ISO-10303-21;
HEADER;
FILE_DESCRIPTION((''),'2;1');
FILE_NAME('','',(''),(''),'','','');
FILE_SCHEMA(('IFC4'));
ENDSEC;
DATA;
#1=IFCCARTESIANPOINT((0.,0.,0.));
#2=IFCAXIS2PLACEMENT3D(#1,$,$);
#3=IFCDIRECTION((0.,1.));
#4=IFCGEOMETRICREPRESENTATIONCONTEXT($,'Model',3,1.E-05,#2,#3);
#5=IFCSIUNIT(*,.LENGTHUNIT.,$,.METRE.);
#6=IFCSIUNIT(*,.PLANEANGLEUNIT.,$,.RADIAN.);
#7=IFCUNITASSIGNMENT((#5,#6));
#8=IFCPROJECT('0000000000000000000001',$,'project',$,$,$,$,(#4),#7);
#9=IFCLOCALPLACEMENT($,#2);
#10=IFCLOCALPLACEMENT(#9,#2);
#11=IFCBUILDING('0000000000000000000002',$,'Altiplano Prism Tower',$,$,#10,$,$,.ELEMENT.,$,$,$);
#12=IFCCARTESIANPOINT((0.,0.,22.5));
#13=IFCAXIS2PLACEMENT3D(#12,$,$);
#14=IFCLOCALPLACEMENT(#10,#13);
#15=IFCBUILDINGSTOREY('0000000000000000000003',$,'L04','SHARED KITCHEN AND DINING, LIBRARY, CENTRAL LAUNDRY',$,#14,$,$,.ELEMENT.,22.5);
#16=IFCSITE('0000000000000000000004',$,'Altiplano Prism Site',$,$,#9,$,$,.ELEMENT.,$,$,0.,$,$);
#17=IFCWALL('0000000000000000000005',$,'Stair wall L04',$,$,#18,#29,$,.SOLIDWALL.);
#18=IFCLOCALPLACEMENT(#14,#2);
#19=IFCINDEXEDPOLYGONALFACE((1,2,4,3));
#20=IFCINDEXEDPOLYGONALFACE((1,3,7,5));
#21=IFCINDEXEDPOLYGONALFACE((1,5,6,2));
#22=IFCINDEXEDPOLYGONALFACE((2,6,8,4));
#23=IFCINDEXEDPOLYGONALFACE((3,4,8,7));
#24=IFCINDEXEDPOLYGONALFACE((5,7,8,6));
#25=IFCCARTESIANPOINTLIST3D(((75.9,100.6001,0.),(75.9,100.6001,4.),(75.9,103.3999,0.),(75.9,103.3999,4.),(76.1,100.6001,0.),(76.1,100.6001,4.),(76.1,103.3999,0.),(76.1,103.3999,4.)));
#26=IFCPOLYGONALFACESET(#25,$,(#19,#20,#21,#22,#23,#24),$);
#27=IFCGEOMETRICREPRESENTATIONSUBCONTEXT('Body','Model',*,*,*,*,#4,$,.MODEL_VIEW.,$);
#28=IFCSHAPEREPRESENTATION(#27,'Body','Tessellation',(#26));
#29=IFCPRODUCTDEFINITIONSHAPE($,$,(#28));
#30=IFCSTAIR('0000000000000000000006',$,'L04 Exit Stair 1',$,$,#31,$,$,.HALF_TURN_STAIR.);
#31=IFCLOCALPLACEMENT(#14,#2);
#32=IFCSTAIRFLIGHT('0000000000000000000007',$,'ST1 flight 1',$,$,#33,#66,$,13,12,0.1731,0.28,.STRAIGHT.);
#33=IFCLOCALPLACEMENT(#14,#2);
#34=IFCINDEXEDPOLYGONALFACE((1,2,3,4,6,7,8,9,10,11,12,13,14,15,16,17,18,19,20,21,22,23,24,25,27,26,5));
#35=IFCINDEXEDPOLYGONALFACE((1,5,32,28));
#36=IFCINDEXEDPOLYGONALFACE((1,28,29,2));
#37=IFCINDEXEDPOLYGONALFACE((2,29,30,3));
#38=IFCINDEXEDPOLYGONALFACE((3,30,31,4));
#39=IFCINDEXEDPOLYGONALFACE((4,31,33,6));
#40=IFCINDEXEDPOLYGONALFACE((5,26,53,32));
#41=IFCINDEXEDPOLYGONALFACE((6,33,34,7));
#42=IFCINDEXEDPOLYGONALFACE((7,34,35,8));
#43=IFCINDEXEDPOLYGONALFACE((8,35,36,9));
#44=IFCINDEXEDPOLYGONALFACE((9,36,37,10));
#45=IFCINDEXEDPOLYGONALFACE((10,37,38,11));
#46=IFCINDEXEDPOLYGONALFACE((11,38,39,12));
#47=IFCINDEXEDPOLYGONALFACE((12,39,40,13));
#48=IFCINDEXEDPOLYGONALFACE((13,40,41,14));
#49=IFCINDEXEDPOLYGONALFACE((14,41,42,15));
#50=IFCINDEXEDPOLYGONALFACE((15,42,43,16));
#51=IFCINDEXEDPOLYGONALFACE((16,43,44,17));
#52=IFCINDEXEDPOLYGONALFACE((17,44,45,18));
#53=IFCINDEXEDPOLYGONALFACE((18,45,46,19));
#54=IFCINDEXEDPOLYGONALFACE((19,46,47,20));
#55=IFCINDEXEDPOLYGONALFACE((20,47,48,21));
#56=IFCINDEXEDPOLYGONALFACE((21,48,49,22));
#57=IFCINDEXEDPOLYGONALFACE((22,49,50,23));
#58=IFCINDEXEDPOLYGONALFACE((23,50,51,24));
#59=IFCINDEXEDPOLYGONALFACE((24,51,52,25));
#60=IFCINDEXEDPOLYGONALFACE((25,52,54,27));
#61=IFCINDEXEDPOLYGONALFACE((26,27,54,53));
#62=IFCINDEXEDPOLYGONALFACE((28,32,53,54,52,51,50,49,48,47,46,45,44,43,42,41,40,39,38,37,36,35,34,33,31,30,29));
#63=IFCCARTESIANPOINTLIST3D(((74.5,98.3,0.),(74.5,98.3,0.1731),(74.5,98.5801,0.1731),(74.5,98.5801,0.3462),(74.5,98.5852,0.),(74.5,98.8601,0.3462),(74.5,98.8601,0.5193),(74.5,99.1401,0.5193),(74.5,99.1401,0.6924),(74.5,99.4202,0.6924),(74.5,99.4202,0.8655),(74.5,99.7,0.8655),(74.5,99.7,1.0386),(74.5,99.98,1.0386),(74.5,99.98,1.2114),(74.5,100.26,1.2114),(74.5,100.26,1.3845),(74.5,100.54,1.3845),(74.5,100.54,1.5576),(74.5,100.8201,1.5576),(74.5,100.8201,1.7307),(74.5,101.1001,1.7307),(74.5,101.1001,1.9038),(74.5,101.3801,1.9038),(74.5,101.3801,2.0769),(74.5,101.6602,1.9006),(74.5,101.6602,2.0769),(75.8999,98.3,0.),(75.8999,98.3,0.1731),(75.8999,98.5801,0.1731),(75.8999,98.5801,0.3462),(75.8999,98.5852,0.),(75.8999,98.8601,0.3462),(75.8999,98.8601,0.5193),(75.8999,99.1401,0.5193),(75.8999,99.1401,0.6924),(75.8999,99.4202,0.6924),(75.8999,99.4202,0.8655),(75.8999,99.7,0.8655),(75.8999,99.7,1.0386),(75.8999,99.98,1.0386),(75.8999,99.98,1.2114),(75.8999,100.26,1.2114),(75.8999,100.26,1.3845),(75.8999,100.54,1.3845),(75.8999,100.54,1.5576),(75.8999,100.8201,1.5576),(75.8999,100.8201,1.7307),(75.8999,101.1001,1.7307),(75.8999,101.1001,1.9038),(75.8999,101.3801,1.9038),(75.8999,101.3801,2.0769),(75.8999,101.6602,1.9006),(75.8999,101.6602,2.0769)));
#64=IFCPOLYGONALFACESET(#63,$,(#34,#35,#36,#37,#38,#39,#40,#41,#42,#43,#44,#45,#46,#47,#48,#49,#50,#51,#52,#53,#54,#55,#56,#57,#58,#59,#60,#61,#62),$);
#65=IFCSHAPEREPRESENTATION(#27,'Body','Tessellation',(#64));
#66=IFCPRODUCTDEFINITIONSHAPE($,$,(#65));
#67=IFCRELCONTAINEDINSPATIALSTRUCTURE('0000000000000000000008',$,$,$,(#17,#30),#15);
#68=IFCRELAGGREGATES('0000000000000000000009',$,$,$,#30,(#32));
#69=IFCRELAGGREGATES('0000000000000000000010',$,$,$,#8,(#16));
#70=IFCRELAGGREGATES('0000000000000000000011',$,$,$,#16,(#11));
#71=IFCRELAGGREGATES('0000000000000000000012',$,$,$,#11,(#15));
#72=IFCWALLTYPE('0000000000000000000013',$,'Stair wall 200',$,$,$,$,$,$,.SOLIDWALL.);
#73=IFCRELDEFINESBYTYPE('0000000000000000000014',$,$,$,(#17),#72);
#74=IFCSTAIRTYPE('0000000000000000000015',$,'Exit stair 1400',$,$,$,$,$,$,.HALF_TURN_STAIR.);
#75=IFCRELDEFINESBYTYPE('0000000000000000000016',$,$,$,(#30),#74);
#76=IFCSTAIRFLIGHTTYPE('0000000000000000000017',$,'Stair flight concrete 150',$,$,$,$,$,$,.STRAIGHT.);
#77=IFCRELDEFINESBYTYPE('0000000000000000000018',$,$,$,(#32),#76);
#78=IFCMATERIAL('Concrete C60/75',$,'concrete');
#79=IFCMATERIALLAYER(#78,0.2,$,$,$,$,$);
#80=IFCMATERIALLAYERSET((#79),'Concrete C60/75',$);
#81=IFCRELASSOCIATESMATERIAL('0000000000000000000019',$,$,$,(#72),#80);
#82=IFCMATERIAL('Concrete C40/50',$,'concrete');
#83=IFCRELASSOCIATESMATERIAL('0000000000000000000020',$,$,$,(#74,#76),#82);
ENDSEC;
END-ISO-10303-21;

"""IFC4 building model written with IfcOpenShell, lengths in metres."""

from ifc_helpers import new_model, si_unit, direction, frame, frame_2d, origin, place, context, subcontext, project, spatial, polyline, rectangle, outline, extrude, material, layer, layer_set, type_object, element, aggregate, save


model = new_model("IFC4")

# Units and contexts
model_context = context("Model", 3, precision=1e-05, world=origin(), true_north=direction((0.0, 1.0)))
body_context = subcontext(model_context, "Body", "Model", "MODEL_VIEW")
ifc_project = project(units=[si_unit("LENGTHUNIT", "METRE"), si_unit("PLANEANGLEUNIT", "RADIAN")], contexts=[model_context])

# Site, building, storey
site_placement = place(None, origin())
site = spatial("IfcSite", under=ifc_project, at=site_placement, Name="Altiplano Prism Site", CompositionType="ELEMENT", RefElevation=0.0)
building_placement = place(site_placement, origin())
building = spatial("IfcBuilding", under=site, at=building_placement, Name="Altiplano Prism Tower", CompositionType="ELEMENT")
storey_placement = place(building_placement, frame((0.0, 0.0, 22.5)))
storey = spatial("IfcBuildingStorey", under=building, at=storey_placement, Name="L04", Description="SHARED KITCHEN AND DINING, LIBRARY, CENTRAL LAUNDRY", CompositionType="ELEMENT", Elevation=22.5)

# Shared definitions
ifc_material_1 = material(Name="Concrete C60/75", Category="concrete")
ifc_layer = layer(ifc_material_1, 0.2)
ifc_layer_set = layer_set([ifc_layer], Name="Concrete C60/75")
wall_type = type_object("IfcWallType", Name="Stair wall 200", PredefinedType="SOLIDWALL", material=ifc_layer_set)

# Wall
wall_1_placement = place(storey_placement, frame((76.0, 100.6001, 0.0), z_axis=(0.0, 0.0, 1.0), x_axis=(0.0, 1.0, 0.0)))
element("IfcWall", 1, at=wall_1_placement, inside=storey, type_object=wall_type, Name="Stair wall L04", PredefinedType="SOLIDWALL", context=body_context, shape_type="SweptSolid", body=[
    extrude(rectangle(XDim=2.7998, YDim=0.2, at=frame_2d((1.3999, 0.0))), origin(), (0.0, 0.0, 1.0), 4.0),
])

# Stair, stair flight
ifc_material_2 = material(Name="Concrete C40/50", Category="concrete")
stair_type = type_object("IfcStairType", Name="Exit stair 1400", PredefinedType="HALF_TURN_STAIR", material=ifc_material_2)
stair_placement = place(storey_placement, origin())
stair = element("IfcStair", 2, at=stair_placement, inside=storey, type_object=stair_type, Name="L04 Exit Stair 1", PredefinedType="HALF_TURN_STAIR")
stair_flight_type = type_object("IfcStairFlightType", Name="Stair flight concrete 150", PredefinedType="STRAIGHT", material=ifc_material_2)
stair_flight_placement = place(storey_placement, frame((75.2, 98.3, 0.0), z_axis=(0.0, 0.0, 1.0), x_axis=(0.0, 1.0, 0.0)))
stair_flight = element("IfcStairFlight", 3, at=stair_flight_placement, type_object=stair_flight_type, Name="ST1 flight 1", NumberOfRisers=13, NumberOfTreads=12, PredefinedType="STRAIGHT", RiserHeight=0.1731, TreadLength=0.28, context=body_context, shape_type="SweptSolid", body=[
    extrude(outline(polyline([(0.0, 0.0), (0.0, 0.1731), (0.28, 0.1731), (0.28, 0.3462), (0.5601, 0.3462), (0.5601, 0.5193), (0.8401, 0.5193), (0.8401, 0.6924), (1.1201, 0.6924), (1.1201, 0.8655), (1.3999, 0.8655), (1.3999, 1.0386), (1.6799, 1.0386), (1.6799, 1.2114), (1.96, 1.2114), (1.96, 1.3845), (2.24, 1.3845), (2.24, 1.5576), (2.52, 1.5576), (2.52, 1.7307), (2.8, 1.7307), (2.8, 1.9038), (3.0801, 1.9038), (3.0801, 2.0769), (3.3601, 2.0769), (3.3601, 2.25), (3.3601, 1.9006), (0.2852, 0.0), (0.0, 0.0)])), frame((0.0, 0.7, 0.0), z_axis=(0.0, -1.0, 0.0), x_axis=(1.0, 0.0, 0.0)), (0.0, 0.0, 1.0), 1.3999),
])
aggregate(stair, [stair_flight])

save(model, "model.ifc")
